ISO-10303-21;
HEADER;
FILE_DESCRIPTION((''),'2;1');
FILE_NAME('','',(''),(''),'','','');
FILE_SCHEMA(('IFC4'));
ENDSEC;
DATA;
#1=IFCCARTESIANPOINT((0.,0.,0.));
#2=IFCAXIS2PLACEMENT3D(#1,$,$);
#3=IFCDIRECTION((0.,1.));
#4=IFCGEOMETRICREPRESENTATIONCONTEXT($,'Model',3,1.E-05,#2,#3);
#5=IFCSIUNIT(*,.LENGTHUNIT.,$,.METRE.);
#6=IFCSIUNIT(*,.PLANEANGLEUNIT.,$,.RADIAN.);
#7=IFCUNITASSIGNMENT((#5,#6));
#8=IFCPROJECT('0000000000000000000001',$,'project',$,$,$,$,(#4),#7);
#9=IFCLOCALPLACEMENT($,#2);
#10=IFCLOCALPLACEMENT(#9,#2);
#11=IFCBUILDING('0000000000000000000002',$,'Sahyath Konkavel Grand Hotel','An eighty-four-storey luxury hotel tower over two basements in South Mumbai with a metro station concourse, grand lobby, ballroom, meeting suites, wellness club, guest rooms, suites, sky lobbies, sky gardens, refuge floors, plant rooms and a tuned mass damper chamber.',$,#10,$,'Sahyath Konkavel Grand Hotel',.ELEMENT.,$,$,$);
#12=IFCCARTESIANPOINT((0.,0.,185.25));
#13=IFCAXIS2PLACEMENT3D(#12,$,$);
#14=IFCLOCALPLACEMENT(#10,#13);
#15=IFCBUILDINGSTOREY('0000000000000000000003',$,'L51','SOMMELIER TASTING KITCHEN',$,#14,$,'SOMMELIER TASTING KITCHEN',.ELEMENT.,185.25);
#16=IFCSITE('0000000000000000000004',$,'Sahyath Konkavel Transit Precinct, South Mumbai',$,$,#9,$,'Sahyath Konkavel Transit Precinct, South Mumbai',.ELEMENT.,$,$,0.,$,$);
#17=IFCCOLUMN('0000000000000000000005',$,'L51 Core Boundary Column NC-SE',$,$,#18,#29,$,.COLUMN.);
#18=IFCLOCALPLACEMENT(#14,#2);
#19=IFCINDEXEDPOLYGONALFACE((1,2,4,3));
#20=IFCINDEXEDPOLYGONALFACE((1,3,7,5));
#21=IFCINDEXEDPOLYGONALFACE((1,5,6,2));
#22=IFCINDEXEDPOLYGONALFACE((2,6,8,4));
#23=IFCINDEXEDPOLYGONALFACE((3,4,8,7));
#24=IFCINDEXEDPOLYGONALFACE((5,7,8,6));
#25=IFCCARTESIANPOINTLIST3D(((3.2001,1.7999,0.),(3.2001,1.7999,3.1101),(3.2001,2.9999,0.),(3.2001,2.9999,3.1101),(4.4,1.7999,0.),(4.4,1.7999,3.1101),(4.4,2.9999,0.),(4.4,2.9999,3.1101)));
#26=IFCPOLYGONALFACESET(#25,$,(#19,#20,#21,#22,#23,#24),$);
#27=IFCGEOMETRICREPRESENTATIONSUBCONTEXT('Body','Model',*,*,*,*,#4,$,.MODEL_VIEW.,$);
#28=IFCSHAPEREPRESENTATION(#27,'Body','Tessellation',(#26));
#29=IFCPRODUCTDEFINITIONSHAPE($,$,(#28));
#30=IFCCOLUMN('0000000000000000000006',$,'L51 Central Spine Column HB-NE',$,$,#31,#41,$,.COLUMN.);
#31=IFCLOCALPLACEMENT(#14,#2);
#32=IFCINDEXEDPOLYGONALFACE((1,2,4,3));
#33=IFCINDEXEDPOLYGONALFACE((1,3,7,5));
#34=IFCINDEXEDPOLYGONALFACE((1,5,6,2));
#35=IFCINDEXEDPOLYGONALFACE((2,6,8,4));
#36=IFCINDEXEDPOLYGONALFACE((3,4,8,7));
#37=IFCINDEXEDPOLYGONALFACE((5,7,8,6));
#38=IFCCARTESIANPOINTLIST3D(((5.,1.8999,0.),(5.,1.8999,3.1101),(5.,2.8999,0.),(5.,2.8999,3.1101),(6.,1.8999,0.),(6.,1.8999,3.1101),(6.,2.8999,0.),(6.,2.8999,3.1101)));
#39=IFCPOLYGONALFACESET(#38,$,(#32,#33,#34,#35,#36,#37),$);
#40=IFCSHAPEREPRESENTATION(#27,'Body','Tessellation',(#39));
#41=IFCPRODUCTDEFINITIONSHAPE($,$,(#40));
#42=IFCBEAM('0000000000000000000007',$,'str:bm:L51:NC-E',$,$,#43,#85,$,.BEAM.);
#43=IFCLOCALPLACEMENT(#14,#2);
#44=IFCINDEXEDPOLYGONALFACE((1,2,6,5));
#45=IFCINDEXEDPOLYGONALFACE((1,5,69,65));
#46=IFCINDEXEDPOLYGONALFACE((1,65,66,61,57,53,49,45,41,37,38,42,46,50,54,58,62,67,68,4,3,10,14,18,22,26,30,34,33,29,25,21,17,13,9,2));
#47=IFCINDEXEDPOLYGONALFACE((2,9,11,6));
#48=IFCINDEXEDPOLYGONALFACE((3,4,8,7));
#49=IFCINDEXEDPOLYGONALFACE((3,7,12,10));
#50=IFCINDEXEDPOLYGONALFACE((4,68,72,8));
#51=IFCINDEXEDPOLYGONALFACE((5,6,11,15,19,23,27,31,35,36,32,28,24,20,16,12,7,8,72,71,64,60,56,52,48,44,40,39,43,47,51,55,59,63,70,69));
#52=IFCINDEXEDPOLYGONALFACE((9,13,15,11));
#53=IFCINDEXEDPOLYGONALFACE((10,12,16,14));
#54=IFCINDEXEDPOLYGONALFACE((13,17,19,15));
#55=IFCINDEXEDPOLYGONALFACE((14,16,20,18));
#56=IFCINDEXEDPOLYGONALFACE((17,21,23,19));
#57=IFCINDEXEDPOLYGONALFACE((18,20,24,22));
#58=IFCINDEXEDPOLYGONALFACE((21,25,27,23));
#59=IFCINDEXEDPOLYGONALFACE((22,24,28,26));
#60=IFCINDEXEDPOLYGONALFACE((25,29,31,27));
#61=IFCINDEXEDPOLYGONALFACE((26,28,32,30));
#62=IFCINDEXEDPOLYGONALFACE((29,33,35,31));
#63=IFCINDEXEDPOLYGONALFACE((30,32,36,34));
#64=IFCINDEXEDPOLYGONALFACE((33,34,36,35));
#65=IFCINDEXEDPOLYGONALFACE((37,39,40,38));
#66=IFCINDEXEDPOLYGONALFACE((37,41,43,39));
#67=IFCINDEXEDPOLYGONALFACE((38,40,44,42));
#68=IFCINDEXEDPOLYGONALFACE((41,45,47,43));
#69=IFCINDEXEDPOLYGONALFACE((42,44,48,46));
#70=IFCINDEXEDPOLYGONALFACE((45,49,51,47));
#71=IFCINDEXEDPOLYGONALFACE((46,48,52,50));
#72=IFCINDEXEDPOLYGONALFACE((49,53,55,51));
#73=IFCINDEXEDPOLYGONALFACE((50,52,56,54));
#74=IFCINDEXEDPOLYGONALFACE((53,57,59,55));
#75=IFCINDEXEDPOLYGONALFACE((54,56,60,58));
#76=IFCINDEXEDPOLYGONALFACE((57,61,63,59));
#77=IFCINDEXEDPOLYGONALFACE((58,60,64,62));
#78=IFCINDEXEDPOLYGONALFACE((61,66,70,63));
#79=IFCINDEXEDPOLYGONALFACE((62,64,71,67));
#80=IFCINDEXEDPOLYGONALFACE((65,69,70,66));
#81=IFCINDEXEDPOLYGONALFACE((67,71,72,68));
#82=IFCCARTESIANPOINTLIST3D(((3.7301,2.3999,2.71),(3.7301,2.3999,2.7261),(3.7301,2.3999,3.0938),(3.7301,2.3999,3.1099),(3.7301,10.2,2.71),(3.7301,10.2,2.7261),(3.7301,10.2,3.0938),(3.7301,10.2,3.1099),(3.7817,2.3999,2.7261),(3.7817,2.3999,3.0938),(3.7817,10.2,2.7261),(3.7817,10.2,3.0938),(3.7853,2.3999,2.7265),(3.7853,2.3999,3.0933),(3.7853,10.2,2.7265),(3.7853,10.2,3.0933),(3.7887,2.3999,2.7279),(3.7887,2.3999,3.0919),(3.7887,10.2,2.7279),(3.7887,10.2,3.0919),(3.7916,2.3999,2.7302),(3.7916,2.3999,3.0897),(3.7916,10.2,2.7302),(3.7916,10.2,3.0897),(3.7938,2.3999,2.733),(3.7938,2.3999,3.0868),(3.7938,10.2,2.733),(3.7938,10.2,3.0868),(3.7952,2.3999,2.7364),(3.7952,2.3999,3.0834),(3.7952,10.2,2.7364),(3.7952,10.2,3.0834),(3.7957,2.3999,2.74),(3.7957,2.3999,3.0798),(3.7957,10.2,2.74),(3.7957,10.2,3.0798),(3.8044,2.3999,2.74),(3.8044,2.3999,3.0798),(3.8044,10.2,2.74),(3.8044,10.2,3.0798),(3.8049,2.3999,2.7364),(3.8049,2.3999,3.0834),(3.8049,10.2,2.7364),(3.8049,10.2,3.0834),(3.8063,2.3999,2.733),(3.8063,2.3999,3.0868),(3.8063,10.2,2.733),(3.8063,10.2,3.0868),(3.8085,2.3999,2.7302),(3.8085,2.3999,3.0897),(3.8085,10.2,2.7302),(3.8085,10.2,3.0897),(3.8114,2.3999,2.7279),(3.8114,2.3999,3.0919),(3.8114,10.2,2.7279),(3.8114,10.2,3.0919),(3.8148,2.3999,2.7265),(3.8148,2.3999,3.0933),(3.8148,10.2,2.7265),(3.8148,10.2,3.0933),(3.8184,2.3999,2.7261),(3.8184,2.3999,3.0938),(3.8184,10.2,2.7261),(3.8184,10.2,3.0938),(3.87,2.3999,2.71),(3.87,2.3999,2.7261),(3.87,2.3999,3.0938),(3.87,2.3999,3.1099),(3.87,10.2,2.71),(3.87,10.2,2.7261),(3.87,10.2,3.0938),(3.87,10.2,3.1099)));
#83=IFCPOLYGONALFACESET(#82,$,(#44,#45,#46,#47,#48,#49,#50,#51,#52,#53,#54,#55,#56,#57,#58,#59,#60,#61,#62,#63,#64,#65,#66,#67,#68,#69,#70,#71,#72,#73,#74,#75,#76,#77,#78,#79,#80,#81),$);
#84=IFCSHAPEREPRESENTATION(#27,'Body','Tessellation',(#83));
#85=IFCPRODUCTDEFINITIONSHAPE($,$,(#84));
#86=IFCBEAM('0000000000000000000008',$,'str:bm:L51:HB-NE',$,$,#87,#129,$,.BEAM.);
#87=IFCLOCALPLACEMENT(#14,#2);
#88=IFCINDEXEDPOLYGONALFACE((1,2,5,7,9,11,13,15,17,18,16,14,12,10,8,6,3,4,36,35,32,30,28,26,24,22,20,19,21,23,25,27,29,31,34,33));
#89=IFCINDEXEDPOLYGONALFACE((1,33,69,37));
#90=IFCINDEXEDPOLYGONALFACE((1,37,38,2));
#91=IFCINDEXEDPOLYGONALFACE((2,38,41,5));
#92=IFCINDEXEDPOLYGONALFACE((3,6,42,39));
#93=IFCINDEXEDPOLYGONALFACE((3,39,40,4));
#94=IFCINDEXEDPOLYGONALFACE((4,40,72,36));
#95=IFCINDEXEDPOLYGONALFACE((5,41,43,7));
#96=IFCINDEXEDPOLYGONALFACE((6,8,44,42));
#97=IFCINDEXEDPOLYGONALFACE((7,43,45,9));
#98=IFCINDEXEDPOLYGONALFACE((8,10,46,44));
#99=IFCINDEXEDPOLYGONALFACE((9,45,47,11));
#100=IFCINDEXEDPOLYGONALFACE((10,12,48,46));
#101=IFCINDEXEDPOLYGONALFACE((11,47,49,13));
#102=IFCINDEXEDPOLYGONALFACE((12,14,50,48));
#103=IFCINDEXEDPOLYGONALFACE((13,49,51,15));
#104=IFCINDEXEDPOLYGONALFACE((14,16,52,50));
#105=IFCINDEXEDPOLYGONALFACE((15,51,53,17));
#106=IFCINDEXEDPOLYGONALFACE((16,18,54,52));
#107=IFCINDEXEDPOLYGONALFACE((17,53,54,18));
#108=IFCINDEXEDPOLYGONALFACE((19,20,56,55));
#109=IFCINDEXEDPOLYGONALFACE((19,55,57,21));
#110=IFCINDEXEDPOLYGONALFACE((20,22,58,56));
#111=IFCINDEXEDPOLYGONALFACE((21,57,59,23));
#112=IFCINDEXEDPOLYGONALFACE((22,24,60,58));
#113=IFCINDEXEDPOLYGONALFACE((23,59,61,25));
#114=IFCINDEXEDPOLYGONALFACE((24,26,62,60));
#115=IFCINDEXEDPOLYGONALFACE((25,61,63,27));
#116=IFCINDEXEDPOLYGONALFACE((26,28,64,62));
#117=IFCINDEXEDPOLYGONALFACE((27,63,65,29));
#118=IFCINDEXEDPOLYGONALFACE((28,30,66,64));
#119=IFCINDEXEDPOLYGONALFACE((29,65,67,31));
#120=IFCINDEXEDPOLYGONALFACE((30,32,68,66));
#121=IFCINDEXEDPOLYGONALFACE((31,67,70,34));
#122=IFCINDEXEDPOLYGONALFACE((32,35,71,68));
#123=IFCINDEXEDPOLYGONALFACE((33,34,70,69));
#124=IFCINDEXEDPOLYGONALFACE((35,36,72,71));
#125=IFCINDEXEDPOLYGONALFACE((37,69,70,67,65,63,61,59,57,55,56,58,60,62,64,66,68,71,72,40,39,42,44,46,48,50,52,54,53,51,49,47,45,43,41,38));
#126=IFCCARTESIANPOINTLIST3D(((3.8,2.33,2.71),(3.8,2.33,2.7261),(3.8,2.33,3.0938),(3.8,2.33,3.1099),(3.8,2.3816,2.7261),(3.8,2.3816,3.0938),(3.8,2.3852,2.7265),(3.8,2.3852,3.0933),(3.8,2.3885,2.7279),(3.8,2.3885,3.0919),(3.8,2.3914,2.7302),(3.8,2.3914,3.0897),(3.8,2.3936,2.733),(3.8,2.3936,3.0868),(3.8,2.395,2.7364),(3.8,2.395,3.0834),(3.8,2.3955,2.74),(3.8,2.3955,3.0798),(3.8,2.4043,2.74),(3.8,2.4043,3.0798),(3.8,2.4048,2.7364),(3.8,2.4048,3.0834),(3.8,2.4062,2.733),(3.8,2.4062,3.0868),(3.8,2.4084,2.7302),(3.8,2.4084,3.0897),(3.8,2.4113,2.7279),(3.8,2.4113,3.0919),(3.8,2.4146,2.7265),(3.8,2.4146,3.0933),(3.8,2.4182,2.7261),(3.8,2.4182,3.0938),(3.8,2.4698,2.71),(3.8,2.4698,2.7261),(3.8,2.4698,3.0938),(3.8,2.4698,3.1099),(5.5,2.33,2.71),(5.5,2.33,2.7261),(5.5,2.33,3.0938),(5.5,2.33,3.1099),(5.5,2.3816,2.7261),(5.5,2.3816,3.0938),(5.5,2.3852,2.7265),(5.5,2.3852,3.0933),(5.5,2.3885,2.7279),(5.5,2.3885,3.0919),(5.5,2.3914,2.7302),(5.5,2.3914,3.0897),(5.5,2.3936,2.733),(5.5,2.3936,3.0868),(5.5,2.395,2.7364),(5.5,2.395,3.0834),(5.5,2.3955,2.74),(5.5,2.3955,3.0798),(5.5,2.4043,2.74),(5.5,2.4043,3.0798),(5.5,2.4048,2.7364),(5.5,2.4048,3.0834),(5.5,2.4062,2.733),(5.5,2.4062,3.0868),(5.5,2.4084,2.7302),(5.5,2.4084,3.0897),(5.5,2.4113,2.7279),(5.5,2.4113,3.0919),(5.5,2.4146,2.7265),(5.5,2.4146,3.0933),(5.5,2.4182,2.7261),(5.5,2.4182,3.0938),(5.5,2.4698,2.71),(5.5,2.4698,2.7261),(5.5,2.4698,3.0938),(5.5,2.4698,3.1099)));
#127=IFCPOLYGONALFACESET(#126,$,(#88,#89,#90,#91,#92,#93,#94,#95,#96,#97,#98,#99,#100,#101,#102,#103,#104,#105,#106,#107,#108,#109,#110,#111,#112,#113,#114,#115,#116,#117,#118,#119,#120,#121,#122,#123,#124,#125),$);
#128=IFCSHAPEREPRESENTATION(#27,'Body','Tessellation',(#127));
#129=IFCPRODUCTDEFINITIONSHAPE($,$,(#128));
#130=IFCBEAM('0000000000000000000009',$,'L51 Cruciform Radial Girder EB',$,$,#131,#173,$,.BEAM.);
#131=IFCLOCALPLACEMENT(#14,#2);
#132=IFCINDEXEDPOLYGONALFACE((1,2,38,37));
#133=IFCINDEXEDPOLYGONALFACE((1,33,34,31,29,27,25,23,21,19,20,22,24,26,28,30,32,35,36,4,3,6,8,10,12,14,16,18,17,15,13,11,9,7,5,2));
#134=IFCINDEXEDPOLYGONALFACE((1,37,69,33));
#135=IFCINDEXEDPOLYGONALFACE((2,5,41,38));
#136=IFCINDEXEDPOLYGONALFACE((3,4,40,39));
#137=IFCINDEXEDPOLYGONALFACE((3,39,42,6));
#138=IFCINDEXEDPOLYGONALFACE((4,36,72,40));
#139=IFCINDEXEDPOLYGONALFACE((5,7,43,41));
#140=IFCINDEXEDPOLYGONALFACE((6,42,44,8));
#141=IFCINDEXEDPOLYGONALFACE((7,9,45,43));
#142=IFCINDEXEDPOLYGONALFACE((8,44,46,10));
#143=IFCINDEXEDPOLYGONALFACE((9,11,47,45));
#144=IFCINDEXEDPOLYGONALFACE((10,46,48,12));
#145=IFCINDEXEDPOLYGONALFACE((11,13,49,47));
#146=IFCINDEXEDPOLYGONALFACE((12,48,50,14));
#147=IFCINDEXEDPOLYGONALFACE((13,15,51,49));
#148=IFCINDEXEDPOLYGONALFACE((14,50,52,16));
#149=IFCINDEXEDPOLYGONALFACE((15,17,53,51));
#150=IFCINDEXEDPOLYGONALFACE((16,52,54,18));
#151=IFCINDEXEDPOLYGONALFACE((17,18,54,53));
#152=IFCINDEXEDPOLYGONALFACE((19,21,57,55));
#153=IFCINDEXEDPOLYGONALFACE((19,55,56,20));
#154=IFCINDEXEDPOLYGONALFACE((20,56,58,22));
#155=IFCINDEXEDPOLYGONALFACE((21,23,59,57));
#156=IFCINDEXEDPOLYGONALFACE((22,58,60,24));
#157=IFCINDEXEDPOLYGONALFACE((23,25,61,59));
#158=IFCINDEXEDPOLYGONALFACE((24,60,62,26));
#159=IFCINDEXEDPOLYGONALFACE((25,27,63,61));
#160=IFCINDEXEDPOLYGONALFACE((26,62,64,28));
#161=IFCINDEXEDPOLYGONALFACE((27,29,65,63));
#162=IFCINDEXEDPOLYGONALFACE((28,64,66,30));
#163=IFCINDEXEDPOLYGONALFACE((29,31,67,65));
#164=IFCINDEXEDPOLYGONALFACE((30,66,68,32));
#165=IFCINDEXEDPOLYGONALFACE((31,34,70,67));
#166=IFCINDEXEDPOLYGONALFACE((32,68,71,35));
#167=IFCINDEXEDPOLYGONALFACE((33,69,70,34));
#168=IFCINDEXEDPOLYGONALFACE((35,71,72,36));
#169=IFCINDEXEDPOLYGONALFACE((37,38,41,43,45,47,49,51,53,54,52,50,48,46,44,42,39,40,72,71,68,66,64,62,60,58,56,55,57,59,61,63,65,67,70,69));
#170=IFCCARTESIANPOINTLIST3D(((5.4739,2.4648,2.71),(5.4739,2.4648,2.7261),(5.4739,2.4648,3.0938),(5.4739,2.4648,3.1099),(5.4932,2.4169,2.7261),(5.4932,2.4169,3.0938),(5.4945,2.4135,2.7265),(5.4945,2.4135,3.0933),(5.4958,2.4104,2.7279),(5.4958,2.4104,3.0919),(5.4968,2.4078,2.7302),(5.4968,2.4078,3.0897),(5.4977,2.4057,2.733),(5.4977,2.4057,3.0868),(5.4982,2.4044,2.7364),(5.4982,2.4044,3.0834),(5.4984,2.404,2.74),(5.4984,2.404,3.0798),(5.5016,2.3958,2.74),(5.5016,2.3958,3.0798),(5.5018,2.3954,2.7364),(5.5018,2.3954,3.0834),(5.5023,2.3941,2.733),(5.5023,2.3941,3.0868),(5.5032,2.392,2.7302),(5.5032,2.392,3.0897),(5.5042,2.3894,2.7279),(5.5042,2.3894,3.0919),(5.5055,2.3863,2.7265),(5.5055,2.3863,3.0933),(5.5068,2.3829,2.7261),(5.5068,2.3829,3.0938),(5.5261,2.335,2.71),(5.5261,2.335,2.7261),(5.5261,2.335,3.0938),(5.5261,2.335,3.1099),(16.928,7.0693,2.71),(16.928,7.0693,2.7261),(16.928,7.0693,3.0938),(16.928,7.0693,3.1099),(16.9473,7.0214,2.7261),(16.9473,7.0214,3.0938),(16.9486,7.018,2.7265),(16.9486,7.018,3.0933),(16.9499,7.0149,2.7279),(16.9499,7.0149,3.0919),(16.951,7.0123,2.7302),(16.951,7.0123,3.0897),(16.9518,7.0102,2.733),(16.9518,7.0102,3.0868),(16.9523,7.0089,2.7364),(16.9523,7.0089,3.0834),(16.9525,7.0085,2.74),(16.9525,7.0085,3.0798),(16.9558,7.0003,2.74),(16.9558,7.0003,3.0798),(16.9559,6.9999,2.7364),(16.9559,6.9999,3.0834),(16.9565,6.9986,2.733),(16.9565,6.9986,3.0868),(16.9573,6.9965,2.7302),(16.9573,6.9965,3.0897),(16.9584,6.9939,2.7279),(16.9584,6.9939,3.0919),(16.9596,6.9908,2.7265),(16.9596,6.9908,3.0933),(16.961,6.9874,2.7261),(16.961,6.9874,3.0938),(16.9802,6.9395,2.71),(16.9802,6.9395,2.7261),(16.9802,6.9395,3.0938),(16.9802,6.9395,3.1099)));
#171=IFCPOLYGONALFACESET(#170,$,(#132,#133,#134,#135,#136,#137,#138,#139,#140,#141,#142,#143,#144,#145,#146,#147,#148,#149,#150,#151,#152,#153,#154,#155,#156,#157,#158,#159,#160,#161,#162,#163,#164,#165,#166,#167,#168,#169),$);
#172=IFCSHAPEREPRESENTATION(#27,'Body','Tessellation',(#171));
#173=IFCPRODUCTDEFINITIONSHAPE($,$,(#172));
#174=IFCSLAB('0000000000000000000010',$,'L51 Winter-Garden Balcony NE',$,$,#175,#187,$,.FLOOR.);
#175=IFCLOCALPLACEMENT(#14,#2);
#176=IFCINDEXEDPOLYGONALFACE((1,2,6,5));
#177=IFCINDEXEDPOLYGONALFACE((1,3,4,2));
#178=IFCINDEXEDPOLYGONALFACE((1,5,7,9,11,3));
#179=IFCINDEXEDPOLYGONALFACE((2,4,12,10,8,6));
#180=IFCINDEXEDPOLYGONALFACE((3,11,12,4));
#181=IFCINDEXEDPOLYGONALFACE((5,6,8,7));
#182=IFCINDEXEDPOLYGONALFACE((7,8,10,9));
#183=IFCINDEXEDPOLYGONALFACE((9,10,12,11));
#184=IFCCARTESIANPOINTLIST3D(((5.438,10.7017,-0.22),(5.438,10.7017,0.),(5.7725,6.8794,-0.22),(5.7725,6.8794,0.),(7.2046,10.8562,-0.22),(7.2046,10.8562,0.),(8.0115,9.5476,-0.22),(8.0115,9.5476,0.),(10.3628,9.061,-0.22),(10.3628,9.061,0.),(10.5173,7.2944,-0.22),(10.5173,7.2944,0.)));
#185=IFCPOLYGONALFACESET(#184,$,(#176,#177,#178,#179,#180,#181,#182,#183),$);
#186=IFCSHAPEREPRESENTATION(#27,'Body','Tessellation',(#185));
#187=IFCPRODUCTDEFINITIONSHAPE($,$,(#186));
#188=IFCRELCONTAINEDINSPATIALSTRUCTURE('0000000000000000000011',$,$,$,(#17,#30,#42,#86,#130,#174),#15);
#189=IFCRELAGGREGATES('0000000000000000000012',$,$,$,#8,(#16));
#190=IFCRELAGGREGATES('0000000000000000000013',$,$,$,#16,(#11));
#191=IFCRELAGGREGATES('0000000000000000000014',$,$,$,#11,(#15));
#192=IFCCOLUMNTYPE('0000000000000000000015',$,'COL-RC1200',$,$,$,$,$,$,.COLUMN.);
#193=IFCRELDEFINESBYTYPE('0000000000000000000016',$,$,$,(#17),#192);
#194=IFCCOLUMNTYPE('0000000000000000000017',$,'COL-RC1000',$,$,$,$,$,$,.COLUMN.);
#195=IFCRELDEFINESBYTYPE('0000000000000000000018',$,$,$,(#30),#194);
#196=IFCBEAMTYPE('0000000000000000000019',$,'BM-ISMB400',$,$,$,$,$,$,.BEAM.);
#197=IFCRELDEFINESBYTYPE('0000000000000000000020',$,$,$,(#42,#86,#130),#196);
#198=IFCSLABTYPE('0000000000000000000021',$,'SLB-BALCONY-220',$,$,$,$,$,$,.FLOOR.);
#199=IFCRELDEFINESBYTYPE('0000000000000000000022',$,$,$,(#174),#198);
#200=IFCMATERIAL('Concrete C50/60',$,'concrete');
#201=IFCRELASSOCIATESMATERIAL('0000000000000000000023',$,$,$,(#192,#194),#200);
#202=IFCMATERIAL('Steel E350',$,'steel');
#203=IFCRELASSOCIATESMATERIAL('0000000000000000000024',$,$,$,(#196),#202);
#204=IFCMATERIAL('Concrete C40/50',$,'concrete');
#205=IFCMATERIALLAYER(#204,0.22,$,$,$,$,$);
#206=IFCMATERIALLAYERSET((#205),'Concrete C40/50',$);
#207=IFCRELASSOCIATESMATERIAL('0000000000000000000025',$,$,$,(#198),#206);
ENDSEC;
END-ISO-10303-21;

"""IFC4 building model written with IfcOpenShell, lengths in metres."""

from ifc_helpers import new_model, si_unit, direction, frame, origin, origin_2d, place, context, subcontext, project, spatial, polyline, rectangle, i_section, outline, extrude, source, transform, mapped, material, layer, layer_set, material_profile, profile_set, type_object, element, save


model = new_model("IFC4")

# Units and contexts
model_context = context("Model", 3, precision=1e-05, world=origin(), true_north=direction((0.0, 1.0)))
body_context = subcontext(model_context, "Body", "Model", "MODEL_VIEW")
ifc_project = project(units=[si_unit("LENGTHUNIT", "METRE"), si_unit("PLANEANGLEUNIT", "RADIAN")], contexts=[model_context])

# Site, building, storey
site_placement = place(None, origin())
site = spatial("IfcSite", under=ifc_project, at=site_placement, Name="Sahyath Konkavel Transit Precinct, South Mumbai", LongName="Sahyath Konkavel Transit Precinct, South Mumbai", CompositionType="ELEMENT", RefElevation=0.0)
building_placement = place(site_placement, origin())
building = spatial("IfcBuilding", under=site, at=building_placement, Name="Sahyath Konkavel Grand Hotel", Description="An eighty-four-storey luxury hotel tower over two basements in South Mumbai with a metro station concourse, grand lobby, ballroom, meeting suites, wellness club, guest rooms, suites, sky lobbies, sky gardens, refuge floors, plant rooms and a tuned mass damper chamber.", LongName="Sahyath Konkavel Grand Hotel", CompositionType="ELEMENT")
storey_placement = place(building_placement, frame((0.0, 0.0, 185.25)))
storey = spatial("IfcBuildingStorey", under=building, at=storey_placement, Name="L51", Description="SOMMELIER TASTING KITCHEN", LongName="SOMMELIER TASTING KITCHEN", CompositionType="ELEMENT", Elevation=185.25)

# Columns
ifc_material_1 = material(Name="Concrete C50/60", Category="concrete")
ifc_material_profile_1 = material_profile(ifc_material_1, rectangle(XDim=1.2, YDim=1.2, at=origin_2d()), Name="RC 1200x1200")
ifc_profile_set_1 = profile_set([ifc_material_profile_1], Name="Concrete C50/60")
column_type_1 = type_object("IfcColumnType", Name="COL-RC1200", PredefinedType="COLUMN", material=ifc_profile_set_1)
shared_shape_1 = source(origin(), body_context, "Body", "SweptSolid", [
    extrude(rectangle(XDim=1.2, YDim=1.2, at=origin_2d()), origin(), (0.0, 0.0, 1.0), 3.1101),
])
column_1_placement = place(storey_placement, frame((3.8, 2.3999, 0.0), z_axis=(0.0, 0.0, 1.0), x_axis=(1.0, 0.0, 0.0)))
element("IfcColumn", 1, at=column_1_placement, inside=storey, type_object=column_type_1, Name="L51 Core Boundary Column NC-SE", PredefinedType="COLUMN", context=body_context, shape_type="MappedRepresentation", body=[
    mapped(shared_shape_1, transform((0.0, 0.0, 0.0), scale=1.0)),
])
ifc_material_profile_2 = material_profile(ifc_material_1, rectangle(XDim=1.0, YDim=1.0, at=origin_2d()), Name="RC 1000x1000")
ifc_profile_set_2 = profile_set([ifc_material_profile_2], Name="Concrete C50/60")
column_type_2 = type_object("IfcColumnType", Name="COL-RC1000", PredefinedType="COLUMN", material=ifc_profile_set_2)
shared_shape_2 = source(origin(), body_context, "Body", "SweptSolid", [
    extrude(rectangle(XDim=1.0, YDim=1.0, at=origin_2d()), origin(), (0.0, 0.0, 1.0), 3.1101),
])
column_2_placement = place(storey_placement, frame((5.5, 2.3999, 0.0), z_axis=(0.0, 0.0, 1.0), x_axis=(1.0, 0.0, 0.0)))
element("IfcColumn", 2, at=column_2_placement, inside=storey, type_object=column_type_2, Name="L51 Central Spine Column HB-NE", PredefinedType="COLUMN", context=body_context, shape_type="MappedRepresentation", body=[
    mapped(shared_shape_2, transform((0.0, 0.0, 0.0), scale=1.0)),
])

# Beams
ifc_material_2 = material(Name="Steel E350", Category="steel")
ifc_material_profile_3 = material_profile(ifc_material_2, i_section(OverallWidth=0.1399, OverallDepth=0.3999, WebThickness=0.0088, FlangeThickness=0.0161, FilletRadius=0.0139, at=origin_2d()), Name="ISMB 400")
ifc_profile_set_3 = profile_set([ifc_material_profile_3], Name="Steel E350")
beam_type = type_object("IfcBeamType", Name="BM-ISMB400", PredefinedType="BEAM", material=ifc_profile_set_3)
shared_shape_3 = source(origin(), body_context, "Body", "SweptSolid", [
    extrude(i_section(OverallWidth=0.1399, OverallDepth=0.3999, WebThickness=0.0088, FlangeThickness=0.0161, FilletRadius=0.0139, at=origin_2d()), origin(), (0.0, 0.0, 1.0), 7.8),
])
beam_1_placement = place(storey_placement, frame((3.8, 2.3999, 2.9099), z_axis=(0.0, 1.0, 0.0), x_axis=(-1.0, 0.0, 0.0)))
element("IfcBeam", 3, at=beam_1_placement, inside=storey, type_object=beam_type, Name="str:bm:L51:NC-E", PredefinedType="BEAM", context=body_context, shape_type="MappedRepresentation", body=[
    mapped(shared_shape_3, transform((0.0, 0.0, 0.0), scale=1.0)),
])
shared_shape_4 = source(origin(), body_context, "Body", "SweptSolid", [
    extrude(i_section(OverallWidth=0.1399, OverallDepth=0.3999, WebThickness=0.0088, FlangeThickness=0.0161, FilletRadius=0.0139, at=origin_2d()), origin(), (0.0, 0.0, 1.0), 1.7),
])
beam_2_placement = place(storey_placement, frame((3.8, 2.3999, 2.9099), z_axis=(1.0, 0.0, 0.0), x_axis=(0.0, 1.0, 0.0)))
element("IfcBeam", 4, at=beam_2_placement, inside=storey, type_object=beam_type, Name="str:bm:L51:HB-NE", PredefinedType="BEAM", context=body_context, shape_type="MappedRepresentation", body=[
    mapped(shared_shape_4, transform((0.0, 0.0, 0.0), scale=1.0)),
])
shared_shape_5 = source(origin(), body_context, "Body", "SweptSolid", [
    extrude(i_section(OverallWidth=0.1399, OverallDepth=0.3999, WebThickness=0.0088, FlangeThickness=0.0161, FilletRadius=0.0139, at=origin_2d()), origin(), (0.0, 0.0, 1.0), 12.345),
])
beam_3_placement = place(storey_placement, frame((5.5, 2.3999, 2.9099), z_axis=(0.927837, 0.372986, 0.0), x_axis=(-0.372986, 0.927837, 0.0)))
element("IfcBeam", 5, at=beam_3_placement, inside=storey, type_object=beam_type, Name="L51 Cruciform Radial Girder EB", PredefinedType="BEAM", context=body_context, shape_type="MappedRepresentation", body=[
    mapped(shared_shape_5, transform((0.0, 0.0, 0.0), scale=1.0)),
])

# Slab
ifc_material_3 = material(Name="Concrete C40/50", Category="concrete")
ifc_layer_1 = layer(ifc_material_3, 0.22)
ifc_layer_set_1 = layer_set([ifc_layer_1], Name="Concrete C40/50")
slab_type_1 = type_object("IfcSlabType", Name="SLB-BALCONY-220", PredefinedType="FLOOR", material=ifc_layer_set_1)
slab_1_placement = place(storey_placement, frame((0.0, 0.0, -0.22)))
element("IfcSlab", 6, at=slab_1_placement, inside=storey, type_object=slab_type_1, Name="L51 Winter-Garden Balcony NE", PredefinedType="FLOOR", context=body_context, shape_type="SweptSolid", body=[
    extrude(outline(polyline([(5.7725, 6.8794), (10.5173, 7.2944), (10.3628, 9.061), (8.0115, 9.5476), (7.2046, 10.8562), (5.438, 10.7017), (5.7725, 6.8794)])), origin(), (0.0, 0.0, 1.0), 0.22),
])

save(model, "model.ifc")
